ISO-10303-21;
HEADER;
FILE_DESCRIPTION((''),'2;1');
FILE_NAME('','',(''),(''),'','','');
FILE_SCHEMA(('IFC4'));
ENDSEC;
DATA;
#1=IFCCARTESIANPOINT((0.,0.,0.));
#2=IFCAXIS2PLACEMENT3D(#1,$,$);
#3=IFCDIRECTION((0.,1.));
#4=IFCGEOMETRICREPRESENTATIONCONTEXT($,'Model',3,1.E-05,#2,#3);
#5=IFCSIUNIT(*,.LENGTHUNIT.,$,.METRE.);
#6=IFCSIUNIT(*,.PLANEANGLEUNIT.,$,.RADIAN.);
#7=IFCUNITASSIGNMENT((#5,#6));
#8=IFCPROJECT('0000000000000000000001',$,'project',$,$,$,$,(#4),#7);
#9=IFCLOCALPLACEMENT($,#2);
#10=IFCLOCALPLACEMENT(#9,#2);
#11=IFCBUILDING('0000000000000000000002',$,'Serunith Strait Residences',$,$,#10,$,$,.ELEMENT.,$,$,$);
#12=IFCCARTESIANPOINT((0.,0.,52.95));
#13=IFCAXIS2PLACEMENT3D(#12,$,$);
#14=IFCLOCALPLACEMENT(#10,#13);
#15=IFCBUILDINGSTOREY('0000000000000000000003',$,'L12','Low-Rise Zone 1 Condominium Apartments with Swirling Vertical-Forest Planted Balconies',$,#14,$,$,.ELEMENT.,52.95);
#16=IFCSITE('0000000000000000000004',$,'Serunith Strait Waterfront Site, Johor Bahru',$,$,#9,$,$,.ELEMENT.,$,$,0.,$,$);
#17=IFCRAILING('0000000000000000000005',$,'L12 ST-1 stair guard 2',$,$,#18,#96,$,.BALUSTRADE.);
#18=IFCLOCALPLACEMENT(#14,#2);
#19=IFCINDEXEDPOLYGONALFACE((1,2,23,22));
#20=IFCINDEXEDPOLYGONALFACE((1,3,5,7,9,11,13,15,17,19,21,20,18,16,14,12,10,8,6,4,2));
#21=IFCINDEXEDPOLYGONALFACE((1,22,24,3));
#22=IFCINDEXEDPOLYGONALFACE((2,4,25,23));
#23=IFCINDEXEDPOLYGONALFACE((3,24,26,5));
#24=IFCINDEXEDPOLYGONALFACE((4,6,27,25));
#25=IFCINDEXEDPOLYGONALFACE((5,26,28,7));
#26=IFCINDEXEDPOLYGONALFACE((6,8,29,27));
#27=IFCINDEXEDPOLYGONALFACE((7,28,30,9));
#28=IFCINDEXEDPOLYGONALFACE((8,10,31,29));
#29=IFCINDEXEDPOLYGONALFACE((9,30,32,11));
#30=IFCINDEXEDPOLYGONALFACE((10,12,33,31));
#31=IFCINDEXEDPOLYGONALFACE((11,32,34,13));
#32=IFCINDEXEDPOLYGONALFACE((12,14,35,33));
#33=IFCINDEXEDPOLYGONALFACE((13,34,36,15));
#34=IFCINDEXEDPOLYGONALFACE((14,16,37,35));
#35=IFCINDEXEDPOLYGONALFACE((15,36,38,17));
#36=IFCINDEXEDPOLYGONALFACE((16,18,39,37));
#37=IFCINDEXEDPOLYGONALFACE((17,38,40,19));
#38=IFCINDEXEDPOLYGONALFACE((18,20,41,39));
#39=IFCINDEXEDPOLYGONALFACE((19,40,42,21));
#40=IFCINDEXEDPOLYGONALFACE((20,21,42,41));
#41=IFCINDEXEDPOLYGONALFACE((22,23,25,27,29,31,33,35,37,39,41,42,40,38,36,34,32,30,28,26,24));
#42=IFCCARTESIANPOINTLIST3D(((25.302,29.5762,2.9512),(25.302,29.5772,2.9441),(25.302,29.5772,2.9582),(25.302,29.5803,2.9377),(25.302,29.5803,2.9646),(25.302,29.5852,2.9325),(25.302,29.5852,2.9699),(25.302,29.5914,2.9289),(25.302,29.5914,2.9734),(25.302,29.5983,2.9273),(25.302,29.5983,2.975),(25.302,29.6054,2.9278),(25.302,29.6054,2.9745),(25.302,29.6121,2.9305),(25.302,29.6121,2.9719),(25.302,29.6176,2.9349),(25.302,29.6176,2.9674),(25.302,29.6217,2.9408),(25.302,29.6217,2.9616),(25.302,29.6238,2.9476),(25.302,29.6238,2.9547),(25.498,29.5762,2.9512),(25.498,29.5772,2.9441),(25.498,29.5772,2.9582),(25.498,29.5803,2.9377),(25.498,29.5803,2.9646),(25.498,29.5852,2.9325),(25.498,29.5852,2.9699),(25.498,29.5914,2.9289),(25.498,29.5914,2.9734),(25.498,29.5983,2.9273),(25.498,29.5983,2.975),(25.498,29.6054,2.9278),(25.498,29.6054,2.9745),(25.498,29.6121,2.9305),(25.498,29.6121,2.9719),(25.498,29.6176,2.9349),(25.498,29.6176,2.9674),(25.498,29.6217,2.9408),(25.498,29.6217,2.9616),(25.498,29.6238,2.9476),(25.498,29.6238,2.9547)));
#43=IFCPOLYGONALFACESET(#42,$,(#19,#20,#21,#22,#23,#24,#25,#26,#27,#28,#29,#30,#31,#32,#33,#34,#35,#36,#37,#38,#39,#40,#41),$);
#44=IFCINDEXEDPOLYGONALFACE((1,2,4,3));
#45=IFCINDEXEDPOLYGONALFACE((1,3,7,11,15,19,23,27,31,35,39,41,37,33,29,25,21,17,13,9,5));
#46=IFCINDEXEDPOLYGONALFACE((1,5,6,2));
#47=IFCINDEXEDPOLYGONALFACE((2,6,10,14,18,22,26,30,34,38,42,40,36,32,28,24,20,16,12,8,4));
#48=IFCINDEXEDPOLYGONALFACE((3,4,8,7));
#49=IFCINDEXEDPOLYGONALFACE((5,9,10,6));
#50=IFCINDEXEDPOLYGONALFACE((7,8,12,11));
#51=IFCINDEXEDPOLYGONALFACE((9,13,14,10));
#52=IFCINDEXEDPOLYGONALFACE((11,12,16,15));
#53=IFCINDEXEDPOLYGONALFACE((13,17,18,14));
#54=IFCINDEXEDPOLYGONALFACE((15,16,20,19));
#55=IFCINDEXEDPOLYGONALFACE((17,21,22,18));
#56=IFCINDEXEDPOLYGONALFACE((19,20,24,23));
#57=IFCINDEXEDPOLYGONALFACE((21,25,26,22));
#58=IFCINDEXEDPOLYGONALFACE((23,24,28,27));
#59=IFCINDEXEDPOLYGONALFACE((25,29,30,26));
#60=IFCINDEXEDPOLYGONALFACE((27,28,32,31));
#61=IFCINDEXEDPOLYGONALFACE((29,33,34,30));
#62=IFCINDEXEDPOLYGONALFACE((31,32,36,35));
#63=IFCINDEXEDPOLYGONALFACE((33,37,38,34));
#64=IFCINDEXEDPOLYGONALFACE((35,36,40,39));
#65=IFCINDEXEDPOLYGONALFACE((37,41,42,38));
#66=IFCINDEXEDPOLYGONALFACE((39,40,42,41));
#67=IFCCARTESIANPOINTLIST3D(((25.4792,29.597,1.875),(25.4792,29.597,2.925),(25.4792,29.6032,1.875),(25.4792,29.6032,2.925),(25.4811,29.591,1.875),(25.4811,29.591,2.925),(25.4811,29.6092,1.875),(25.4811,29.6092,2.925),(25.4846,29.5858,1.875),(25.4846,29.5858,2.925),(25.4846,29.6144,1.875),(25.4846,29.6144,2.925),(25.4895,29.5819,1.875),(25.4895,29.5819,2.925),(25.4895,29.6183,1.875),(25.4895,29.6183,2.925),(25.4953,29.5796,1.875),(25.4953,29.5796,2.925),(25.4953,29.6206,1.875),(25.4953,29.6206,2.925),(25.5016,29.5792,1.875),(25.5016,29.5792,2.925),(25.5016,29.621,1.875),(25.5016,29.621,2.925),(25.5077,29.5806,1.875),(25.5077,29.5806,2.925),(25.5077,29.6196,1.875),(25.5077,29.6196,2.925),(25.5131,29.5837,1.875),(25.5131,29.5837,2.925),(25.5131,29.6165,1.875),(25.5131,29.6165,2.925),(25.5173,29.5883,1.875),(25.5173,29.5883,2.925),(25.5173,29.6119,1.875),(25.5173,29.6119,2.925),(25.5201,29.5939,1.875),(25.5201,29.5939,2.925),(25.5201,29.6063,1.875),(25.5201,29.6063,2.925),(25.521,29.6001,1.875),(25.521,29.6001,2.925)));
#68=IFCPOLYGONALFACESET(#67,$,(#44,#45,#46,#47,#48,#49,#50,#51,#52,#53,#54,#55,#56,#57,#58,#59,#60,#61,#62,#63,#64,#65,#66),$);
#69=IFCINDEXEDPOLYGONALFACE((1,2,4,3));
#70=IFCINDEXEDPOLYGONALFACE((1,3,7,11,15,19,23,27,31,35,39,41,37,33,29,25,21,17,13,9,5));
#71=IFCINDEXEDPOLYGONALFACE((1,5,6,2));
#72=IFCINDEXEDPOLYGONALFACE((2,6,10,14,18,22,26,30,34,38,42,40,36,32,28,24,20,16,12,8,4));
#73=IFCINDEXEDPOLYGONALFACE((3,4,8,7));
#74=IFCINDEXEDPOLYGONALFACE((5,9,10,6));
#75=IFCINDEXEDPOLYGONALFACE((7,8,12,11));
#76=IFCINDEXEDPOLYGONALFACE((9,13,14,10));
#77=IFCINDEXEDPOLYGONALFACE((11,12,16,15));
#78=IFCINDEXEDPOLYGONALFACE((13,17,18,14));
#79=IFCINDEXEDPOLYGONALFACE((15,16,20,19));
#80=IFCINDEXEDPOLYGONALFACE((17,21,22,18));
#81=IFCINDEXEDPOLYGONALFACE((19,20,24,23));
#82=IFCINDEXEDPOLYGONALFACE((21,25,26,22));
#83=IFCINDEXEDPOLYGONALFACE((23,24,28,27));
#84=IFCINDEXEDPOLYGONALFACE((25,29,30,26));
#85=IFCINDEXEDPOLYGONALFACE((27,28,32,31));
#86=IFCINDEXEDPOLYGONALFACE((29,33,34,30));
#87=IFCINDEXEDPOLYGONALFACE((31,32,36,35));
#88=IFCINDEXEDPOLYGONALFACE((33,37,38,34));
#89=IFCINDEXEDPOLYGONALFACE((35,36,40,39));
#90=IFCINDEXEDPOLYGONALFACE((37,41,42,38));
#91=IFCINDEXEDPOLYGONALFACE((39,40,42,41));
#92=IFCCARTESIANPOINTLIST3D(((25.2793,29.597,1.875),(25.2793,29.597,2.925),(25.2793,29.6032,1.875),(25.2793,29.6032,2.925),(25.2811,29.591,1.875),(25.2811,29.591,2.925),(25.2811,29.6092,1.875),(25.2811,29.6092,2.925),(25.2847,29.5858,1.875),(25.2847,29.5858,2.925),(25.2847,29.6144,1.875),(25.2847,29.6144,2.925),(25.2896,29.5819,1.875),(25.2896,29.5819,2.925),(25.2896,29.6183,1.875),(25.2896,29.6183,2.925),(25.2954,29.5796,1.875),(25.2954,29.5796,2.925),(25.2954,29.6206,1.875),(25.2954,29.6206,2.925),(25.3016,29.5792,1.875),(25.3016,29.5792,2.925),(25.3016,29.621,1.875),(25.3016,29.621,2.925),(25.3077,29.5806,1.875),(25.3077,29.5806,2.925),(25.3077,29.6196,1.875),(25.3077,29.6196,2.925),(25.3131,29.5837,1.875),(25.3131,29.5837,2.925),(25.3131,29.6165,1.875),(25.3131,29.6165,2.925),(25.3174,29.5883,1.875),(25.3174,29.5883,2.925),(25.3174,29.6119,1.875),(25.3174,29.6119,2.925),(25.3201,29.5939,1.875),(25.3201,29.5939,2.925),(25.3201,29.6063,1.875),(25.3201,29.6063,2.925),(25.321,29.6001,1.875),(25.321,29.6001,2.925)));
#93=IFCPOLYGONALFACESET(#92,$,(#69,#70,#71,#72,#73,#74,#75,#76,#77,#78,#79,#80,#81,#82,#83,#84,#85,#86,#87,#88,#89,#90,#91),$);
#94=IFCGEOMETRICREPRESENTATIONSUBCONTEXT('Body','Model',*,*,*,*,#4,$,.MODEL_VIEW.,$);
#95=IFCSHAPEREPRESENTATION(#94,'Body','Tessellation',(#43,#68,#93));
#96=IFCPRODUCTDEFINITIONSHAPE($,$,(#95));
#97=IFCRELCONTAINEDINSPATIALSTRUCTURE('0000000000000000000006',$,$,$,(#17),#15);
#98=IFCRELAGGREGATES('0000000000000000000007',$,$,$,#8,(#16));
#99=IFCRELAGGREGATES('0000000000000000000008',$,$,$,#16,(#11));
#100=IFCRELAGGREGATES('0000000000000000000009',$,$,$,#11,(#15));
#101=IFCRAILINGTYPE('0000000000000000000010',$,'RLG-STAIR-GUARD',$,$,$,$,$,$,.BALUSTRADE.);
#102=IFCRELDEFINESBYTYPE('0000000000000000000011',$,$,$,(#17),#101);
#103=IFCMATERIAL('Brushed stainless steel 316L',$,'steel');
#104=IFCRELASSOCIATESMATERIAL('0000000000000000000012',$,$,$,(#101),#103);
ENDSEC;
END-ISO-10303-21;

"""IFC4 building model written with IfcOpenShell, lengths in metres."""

from ifc_helpers import new_model, si_unit, direction, frame, origin, origin_2d, place, context, subcontext, project, spatial, circle, extrude, material, type_object, element, save


model = new_model("IFC4")

# Units and contexts
model_context = context("Model", 3, precision=1e-05, world=origin(), true_north=direction((0.0, 1.0)))
body_context = subcontext(model_context, "Body", "Model", "MODEL_VIEW")
ifc_project = project(units=[si_unit("LENGTHUNIT", "METRE"), si_unit("PLANEANGLEUNIT", "RADIAN")], contexts=[model_context])

# Site, building, storey
site_placement = place(None, origin())
site = spatial("IfcSite", under=ifc_project, at=site_placement, Name="Serunith Strait Waterfront Site, Johor Bahru", CompositionType="ELEMENT", RefElevation=0.0)
building_placement = place(site_placement, origin())
building = spatial("IfcBuilding", under=site, at=building_placement, Name="Serunith Strait Residences", CompositionType="ELEMENT")
storey_placement = place(building_placement, frame((0.0, 0.0, 52.95)))
storey = spatial("IfcBuildingStorey", under=building, at=storey_placement, Name="L12", Description="Low-Rise Zone 1 Condominium Apartments with Swirling Vertical-Forest Planted Balconies", CompositionType="ELEMENT", Elevation=52.95)

# Railing
ifc_material_1 = material(Name="Brushed stainless steel 316L", Category="steel")
railing_type_1 = type_object("IfcRailingType", Name="RLG-STAIR-GUARD", PredefinedType="BALUSTRADE", material=ifc_material_1)
railing_1_placement = place(storey_placement, frame((25.5, 29.6001, 1.875)))
element("IfcRailing", 1, at=railing_1_placement, inside=storey, type_object=railing_type_1, Name="L12 ST-1 stair guard 2", PredefinedType="BALUSTRADE", context=body_context, shape_type="SweptSolid", body=[
    extrude(circle(Radius=0.0239, at=origin_2d()), frame((-0.002, 0.0, 1.0762), z_axis=(-1.0, 0.0, 0.0), x_axis=(0.0, -1.0, 0.0)), (0.0, 0.0, 1.0), 0.196),
    extrude(circle(Radius=0.021, at=origin_2d()), origin(), (0.0, 0.0, 1.0), 1.05),
    extrude(circle(Radius=0.021, at=origin_2d()), frame((-0.2, 0.0, 0.0)), (0.0, 0.0, 1.0), 1.05),
])

save(model, "model.ifc")
